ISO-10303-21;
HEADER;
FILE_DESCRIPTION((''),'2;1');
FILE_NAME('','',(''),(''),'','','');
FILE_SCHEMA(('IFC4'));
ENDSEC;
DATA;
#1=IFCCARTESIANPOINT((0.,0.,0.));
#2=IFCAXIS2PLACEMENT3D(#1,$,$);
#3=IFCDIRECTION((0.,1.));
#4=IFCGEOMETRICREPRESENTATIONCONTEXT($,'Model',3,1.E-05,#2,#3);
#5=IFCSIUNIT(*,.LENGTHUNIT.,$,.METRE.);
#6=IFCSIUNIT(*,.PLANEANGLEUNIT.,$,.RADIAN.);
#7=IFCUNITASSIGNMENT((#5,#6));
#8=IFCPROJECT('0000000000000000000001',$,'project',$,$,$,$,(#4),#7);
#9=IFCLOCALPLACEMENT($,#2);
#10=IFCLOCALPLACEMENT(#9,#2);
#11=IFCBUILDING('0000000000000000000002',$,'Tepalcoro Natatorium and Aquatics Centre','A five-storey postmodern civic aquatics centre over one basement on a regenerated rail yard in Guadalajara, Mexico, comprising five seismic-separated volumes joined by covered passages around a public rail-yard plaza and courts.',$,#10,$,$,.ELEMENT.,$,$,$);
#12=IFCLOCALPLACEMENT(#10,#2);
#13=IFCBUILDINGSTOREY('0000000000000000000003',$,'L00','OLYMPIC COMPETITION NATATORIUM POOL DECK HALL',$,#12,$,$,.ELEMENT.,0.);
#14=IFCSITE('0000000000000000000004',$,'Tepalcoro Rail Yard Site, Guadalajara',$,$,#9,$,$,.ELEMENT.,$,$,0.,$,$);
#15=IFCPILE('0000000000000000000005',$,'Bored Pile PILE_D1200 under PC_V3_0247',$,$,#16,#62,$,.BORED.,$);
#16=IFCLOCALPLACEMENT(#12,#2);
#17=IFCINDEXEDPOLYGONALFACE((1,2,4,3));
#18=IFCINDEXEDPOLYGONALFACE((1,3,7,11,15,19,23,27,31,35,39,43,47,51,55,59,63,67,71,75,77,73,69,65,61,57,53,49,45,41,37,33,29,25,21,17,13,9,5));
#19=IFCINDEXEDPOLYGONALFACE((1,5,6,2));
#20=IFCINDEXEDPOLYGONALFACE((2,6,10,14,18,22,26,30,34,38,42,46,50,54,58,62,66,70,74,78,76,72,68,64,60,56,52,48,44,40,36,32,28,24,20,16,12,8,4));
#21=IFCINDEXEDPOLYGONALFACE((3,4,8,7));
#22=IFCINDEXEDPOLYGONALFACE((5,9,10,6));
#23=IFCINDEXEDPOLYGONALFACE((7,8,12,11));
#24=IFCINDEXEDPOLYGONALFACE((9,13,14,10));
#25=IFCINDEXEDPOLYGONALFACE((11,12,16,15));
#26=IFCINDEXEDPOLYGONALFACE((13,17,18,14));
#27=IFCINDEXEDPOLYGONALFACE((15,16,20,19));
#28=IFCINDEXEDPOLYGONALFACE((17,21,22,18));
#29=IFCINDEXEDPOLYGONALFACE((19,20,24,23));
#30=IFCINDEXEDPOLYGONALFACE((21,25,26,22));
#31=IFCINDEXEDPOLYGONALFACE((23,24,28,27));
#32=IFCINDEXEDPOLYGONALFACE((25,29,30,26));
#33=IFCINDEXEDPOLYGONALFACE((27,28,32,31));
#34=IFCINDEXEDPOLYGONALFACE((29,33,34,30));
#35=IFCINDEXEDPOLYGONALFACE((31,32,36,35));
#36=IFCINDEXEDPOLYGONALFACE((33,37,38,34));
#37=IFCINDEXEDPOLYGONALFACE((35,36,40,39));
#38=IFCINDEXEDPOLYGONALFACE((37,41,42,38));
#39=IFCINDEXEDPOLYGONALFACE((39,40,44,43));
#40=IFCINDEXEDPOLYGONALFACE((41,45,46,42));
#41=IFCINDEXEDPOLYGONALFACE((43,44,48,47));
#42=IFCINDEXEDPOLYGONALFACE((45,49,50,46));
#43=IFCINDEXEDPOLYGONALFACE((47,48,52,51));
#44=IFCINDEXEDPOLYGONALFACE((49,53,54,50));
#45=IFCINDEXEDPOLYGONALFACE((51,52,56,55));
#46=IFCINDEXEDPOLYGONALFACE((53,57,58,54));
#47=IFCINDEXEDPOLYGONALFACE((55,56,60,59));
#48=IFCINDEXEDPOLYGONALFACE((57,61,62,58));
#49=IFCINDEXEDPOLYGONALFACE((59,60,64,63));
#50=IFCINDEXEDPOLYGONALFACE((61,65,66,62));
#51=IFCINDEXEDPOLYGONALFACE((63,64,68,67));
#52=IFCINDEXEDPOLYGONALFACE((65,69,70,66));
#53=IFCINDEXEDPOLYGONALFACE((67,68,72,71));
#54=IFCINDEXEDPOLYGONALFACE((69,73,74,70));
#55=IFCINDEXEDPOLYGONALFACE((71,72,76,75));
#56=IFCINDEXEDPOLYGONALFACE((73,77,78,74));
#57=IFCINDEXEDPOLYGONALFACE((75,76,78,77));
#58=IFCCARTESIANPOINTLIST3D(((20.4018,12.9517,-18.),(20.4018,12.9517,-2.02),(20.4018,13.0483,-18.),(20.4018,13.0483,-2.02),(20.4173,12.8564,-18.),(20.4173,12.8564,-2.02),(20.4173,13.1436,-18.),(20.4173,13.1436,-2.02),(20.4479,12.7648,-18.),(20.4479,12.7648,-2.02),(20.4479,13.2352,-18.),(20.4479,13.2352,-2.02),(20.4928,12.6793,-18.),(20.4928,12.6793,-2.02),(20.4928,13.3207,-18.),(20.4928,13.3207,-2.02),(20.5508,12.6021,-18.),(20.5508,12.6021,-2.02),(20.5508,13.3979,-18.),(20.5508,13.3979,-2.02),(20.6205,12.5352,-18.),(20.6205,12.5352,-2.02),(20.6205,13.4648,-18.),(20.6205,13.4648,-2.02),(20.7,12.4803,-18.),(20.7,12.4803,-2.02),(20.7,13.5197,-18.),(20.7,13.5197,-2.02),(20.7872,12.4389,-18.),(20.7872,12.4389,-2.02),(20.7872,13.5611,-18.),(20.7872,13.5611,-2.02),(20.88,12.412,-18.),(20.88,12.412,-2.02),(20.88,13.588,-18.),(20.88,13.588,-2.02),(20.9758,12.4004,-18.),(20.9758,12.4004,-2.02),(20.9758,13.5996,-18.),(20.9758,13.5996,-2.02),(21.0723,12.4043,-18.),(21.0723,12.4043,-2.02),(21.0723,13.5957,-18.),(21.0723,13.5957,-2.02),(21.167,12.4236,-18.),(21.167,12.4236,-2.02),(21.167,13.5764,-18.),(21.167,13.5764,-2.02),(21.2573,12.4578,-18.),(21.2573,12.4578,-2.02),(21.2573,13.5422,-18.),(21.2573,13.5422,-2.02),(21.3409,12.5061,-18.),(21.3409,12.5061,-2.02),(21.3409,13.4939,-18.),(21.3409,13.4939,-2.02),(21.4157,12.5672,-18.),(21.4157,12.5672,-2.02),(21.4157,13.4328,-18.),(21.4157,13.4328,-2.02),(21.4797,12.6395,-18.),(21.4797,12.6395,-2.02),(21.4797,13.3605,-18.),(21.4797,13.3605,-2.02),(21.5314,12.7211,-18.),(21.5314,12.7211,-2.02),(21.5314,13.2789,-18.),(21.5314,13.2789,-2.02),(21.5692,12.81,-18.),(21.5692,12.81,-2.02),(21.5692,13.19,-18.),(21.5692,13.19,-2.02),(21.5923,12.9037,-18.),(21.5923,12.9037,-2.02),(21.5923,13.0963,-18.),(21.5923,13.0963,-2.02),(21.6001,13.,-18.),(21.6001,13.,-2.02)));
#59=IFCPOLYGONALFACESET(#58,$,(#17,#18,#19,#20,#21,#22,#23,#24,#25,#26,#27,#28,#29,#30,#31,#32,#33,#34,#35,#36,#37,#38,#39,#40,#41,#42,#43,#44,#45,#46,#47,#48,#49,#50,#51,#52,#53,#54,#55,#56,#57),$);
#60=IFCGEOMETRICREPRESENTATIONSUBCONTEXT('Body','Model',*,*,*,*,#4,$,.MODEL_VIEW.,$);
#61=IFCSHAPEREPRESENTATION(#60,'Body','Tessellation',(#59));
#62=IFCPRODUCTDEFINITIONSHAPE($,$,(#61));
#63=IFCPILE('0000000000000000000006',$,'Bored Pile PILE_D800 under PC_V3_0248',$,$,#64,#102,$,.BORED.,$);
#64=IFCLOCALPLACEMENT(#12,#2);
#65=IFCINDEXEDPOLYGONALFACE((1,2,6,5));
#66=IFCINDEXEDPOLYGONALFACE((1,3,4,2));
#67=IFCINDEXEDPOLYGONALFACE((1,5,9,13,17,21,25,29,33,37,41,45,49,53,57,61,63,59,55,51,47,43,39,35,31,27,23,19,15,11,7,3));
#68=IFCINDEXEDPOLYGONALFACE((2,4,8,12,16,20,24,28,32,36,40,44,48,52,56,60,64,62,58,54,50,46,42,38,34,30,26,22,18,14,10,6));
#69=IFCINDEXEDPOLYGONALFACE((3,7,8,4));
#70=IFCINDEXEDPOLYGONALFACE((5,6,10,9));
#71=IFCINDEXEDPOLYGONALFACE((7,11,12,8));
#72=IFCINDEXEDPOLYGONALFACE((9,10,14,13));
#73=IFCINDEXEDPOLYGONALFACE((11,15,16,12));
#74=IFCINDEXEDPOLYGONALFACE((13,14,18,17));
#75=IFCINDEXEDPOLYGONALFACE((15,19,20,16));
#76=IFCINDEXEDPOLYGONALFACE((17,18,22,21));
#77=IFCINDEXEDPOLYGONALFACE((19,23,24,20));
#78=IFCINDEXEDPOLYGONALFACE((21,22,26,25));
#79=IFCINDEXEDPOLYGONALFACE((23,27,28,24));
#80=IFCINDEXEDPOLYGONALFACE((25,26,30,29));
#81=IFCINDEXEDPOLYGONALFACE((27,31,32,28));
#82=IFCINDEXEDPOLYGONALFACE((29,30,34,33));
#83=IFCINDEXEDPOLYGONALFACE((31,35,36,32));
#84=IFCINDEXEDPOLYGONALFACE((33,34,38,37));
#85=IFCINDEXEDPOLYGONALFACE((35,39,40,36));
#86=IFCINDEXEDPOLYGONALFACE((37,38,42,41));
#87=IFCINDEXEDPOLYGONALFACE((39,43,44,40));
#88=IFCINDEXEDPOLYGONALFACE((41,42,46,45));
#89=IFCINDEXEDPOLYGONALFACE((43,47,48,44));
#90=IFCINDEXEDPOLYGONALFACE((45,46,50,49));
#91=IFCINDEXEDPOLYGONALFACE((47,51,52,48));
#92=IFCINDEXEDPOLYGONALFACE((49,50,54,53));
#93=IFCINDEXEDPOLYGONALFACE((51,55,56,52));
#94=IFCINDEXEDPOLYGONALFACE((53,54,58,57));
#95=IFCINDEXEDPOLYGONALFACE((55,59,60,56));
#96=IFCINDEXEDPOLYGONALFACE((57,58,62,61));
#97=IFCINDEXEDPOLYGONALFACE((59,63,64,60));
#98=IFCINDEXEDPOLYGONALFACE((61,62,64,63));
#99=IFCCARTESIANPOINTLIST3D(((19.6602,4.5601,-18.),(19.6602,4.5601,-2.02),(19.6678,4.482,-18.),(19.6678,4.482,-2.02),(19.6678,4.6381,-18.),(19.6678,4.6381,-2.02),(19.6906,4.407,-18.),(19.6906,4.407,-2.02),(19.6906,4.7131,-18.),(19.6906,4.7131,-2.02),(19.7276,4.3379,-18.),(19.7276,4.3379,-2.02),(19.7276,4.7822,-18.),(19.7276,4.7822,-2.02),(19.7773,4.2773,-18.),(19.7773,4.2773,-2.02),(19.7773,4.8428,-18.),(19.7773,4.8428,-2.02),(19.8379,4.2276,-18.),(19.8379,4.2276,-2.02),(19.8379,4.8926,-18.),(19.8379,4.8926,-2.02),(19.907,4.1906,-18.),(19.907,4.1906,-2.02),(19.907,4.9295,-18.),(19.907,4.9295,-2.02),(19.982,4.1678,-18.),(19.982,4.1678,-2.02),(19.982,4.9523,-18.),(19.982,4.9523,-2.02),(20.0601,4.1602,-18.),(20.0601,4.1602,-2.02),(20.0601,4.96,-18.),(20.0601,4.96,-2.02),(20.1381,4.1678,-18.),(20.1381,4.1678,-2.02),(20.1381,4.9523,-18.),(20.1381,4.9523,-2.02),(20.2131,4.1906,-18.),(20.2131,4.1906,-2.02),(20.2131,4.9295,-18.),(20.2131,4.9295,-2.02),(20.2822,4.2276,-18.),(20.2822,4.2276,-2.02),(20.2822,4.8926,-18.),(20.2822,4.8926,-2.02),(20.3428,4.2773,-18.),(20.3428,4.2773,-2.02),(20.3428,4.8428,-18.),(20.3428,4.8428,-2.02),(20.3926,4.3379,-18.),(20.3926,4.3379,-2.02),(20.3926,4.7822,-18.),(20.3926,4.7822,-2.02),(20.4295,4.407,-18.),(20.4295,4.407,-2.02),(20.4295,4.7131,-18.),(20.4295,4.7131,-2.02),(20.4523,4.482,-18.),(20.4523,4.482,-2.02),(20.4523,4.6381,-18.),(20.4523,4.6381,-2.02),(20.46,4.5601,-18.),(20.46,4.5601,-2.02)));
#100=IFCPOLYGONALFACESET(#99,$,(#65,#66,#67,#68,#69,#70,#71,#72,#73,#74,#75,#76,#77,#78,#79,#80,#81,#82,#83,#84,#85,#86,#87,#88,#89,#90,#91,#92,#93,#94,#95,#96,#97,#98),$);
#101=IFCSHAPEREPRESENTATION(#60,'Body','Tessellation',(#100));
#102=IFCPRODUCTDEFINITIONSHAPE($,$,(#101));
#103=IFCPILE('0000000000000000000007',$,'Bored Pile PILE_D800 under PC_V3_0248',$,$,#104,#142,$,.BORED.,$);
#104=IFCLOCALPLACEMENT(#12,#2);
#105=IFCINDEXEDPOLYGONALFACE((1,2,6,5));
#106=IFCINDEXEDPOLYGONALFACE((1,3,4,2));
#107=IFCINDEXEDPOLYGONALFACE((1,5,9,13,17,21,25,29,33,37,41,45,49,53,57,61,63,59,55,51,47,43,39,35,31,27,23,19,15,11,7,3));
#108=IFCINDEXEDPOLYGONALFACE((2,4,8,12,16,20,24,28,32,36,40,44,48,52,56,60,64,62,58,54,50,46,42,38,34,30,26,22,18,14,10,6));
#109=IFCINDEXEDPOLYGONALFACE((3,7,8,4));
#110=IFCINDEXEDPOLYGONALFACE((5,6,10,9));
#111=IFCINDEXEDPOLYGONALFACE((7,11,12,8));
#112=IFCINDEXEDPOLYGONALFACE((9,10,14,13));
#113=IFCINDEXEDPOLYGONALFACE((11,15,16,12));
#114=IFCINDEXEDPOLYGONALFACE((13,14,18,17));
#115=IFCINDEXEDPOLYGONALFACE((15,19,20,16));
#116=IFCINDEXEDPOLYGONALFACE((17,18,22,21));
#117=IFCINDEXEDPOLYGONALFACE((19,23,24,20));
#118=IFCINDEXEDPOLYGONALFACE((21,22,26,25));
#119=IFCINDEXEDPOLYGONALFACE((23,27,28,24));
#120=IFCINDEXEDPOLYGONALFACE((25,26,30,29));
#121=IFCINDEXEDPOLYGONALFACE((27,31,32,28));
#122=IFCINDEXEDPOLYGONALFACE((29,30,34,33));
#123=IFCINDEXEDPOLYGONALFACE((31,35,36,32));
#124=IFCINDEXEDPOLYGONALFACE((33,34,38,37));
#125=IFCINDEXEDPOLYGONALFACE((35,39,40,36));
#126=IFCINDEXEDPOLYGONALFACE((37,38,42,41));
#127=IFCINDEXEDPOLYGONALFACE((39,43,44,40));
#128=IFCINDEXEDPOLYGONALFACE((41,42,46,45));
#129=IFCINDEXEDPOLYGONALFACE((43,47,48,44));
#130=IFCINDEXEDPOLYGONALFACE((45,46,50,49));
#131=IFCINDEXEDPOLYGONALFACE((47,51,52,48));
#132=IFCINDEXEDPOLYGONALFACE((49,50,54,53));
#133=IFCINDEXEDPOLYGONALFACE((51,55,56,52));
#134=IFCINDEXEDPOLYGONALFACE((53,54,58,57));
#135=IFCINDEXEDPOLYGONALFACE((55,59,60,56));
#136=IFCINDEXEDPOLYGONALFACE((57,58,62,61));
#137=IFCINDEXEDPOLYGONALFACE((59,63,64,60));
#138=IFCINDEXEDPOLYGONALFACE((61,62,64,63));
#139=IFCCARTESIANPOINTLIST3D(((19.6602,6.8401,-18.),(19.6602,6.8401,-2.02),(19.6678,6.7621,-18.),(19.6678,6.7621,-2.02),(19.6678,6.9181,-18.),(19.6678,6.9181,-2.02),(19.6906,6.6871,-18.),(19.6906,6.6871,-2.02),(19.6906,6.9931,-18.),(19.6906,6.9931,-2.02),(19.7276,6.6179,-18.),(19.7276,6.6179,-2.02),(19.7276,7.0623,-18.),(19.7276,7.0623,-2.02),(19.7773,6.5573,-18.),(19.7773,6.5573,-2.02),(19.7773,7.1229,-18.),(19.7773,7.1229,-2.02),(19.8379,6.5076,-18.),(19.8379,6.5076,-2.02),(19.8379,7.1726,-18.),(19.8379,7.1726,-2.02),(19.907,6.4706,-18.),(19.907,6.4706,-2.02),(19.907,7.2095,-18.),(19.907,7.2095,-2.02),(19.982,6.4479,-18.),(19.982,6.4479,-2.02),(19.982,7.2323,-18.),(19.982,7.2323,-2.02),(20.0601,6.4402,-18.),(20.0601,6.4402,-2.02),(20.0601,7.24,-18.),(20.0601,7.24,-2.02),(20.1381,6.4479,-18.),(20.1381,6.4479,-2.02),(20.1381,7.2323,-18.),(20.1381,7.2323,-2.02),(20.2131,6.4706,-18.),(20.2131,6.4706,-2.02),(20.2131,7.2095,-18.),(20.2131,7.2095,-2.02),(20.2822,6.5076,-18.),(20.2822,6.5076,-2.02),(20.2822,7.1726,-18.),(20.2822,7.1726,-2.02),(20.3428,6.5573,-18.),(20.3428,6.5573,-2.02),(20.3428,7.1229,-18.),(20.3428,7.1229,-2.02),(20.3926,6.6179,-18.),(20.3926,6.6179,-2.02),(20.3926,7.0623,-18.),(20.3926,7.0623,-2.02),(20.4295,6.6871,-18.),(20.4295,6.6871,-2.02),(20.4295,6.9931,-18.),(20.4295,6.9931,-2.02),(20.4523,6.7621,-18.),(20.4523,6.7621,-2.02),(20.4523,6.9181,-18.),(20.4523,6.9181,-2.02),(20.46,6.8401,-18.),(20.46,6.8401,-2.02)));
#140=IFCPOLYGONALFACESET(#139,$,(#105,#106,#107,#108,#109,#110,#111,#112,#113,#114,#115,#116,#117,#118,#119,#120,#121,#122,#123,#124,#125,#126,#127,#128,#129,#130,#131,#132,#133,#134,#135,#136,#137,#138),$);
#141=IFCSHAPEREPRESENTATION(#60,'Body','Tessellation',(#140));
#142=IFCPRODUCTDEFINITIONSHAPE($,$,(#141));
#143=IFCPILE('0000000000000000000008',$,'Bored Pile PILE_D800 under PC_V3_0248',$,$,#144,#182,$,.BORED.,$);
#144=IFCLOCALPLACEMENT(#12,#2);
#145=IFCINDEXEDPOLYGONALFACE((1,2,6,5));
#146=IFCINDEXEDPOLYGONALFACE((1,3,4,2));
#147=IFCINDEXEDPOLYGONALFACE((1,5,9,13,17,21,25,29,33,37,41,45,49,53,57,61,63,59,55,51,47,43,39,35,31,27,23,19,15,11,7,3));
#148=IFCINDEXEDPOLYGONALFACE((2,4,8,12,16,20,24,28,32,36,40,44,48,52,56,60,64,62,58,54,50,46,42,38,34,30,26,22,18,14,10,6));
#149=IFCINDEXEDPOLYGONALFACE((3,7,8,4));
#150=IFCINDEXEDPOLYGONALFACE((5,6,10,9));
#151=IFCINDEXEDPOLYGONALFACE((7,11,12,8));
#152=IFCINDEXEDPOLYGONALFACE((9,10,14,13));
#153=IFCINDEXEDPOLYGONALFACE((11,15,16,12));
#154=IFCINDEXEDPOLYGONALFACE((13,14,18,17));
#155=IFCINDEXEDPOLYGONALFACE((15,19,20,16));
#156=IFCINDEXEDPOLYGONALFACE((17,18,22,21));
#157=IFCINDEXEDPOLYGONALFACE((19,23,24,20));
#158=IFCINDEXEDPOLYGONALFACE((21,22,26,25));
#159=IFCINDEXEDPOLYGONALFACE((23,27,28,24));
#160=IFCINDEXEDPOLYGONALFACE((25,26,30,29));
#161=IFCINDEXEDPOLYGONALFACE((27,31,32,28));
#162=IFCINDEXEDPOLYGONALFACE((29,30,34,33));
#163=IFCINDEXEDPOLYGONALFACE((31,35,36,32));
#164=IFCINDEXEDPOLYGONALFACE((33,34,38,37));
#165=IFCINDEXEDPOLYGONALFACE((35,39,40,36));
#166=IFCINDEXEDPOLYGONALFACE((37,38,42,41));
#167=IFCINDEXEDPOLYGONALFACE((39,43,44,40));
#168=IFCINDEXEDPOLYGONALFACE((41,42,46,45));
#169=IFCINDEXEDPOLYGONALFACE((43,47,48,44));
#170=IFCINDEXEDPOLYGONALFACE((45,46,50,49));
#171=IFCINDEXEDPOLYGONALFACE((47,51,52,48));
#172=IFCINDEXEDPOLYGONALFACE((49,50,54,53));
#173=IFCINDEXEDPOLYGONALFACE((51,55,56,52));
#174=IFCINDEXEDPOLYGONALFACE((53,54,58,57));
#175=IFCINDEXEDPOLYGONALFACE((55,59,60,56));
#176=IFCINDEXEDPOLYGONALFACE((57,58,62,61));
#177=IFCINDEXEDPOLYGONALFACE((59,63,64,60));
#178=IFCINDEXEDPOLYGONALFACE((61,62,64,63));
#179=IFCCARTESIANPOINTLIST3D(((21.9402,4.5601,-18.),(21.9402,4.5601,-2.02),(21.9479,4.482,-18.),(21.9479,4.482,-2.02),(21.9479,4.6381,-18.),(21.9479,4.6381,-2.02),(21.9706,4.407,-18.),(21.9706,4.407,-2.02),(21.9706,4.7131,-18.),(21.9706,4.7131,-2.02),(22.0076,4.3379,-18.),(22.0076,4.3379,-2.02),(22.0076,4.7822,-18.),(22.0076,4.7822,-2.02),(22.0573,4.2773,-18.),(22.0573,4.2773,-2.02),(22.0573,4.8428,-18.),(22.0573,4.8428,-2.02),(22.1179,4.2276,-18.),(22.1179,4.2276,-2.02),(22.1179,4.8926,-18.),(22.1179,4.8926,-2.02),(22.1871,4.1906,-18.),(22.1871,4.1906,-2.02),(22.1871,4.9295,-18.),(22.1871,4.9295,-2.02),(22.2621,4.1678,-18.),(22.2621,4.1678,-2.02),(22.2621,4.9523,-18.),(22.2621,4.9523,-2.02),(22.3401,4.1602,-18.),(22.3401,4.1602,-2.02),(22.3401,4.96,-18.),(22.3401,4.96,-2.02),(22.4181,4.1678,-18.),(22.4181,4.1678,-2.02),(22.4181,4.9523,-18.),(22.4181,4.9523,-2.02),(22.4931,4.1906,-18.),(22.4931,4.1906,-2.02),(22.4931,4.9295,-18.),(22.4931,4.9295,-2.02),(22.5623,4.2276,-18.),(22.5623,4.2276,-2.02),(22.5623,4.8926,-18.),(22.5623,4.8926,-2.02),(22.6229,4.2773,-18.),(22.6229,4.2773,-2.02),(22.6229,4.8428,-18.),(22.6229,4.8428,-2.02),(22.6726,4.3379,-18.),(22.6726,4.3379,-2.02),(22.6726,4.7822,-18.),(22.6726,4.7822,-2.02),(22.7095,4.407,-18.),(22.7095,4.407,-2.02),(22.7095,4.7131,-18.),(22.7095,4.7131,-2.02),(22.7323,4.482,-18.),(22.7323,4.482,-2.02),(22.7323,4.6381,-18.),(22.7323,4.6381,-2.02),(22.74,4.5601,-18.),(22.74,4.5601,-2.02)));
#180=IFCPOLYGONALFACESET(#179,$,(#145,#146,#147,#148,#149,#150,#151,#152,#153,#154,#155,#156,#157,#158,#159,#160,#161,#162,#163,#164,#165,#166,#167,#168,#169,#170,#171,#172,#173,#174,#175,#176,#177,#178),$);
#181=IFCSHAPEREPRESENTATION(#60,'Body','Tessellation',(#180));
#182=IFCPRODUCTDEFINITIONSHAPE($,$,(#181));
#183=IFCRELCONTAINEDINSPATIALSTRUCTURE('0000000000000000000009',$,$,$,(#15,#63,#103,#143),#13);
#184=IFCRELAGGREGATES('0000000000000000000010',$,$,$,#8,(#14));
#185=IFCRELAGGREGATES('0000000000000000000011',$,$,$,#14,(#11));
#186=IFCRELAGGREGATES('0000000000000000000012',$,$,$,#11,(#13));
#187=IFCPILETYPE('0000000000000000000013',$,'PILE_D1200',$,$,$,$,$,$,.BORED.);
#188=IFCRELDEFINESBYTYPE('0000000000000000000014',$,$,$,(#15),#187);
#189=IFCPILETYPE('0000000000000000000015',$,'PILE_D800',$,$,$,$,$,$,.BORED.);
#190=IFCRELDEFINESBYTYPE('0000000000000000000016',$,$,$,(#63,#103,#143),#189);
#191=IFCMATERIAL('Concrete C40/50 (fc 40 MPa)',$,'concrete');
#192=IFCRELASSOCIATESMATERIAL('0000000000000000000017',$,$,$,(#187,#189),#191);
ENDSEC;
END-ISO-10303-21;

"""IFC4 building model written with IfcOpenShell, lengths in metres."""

from ifc_helpers import new_model, si_unit, direction, frame, origin, origin_2d, place, context, subcontext, project, spatial, circle, extrude, material, material_profile, profile_set, type_object, element, save


model = new_model("IFC4")

# Units and contexts
model_context = context("Model", 3, precision=1e-05, world=origin(), true_north=direction((0.0, 1.0)))
body_context = subcontext(model_context, "Body", "Model", "MODEL_VIEW")
ifc_project = project(units=[si_unit("LENGTHUNIT", "METRE"), si_unit("PLANEANGLEUNIT", "RADIAN")], contexts=[model_context])

# Site, building, storey
site_placement = place(None, origin())
site = spatial("IfcSite", under=ifc_project, at=site_placement, Name="Tepalcoro Rail Yard Site, Guadalajara", CompositionType="ELEMENT", RefElevation=0.0)
building_placement = place(site_placement, origin())
building = spatial("IfcBuilding", under=site, at=building_placement, Name="Tepalcoro Natatorium and Aquatics Centre", Description="A five-storey postmodern civic aquatics centre over one basement on a regenerated rail yard in Guadalajara, Mexico, comprising five seismic-separated volumes joined by covered passages around a public rail-yard plaza and courts.", CompositionType="ELEMENT")
storey_placement = place(building_placement, origin())
storey = spatial("IfcBuildingStorey", under=building, at=storey_placement, Name="L00", Description="OLYMPIC COMPETITION NATATORIUM POOL DECK HALL", CompositionType="ELEMENT", Elevation=0.0)

# Piles
ifc_material_1 = material(Name="Concrete C40/50 (fc 40 MPa)", Category="concrete")
ifc_material_profile_1 = material_profile(ifc_material_1, circle(Radius=0.6001, at=origin_2d()), Name="PILE_D1200")
ifc_profile_set_1 = profile_set([ifc_material_profile_1], Name="Concrete C40/50 (fc 40 MPa)")
pile_type_1 = type_object("IfcPileType", Name="PILE_D1200", PredefinedType="BORED", material=ifc_profile_set_1)
pile_placement = place(storey_placement, frame((21.0, 13.0, -2.02), z_axis=(0.0, 0.0, -1.0), x_axis=(1.0, 0.0, 0.0)))
element("IfcPile", 1, at=pile_placement, inside=storey, type_object=pile_type_1, Name="Bored Pile PILE_D1200 under PC_V3_0247", PredefinedType="BORED", context=body_context, shape_type="SweptSolid", body=[
    extrude(circle(Radius=0.6001, at=origin_2d()), origin(), (0.0, 0.0, 1.0), 15.98),
])
ifc_material_profile_2 = material_profile(ifc_material_1, circle(Radius=0.3999, at=origin_2d()), Name="PILE_D800")
ifc_profile_set_2 = profile_set([ifc_material_profile_2], Name="Concrete C40/50 (fc 40 MPa)")
pile_type_2 = type_object("IfcPileType", Name="PILE_D800", PredefinedType="BORED", material=ifc_profile_set_2)
for number, where, z_axis, x_axis, name in (
    (2, (20.0601, 4.5601, -2.02), (0.0, 0.0, -1.0), (1.0, 0.0, 0.0), "Bored Pile PILE_D800 under PC_V3_0248"),
    (3, (20.0601, 6.8401, -2.02), (0.0, 0.0, -1.0), (1.0, 0.0, 0.0), "Bored Pile PILE_D800 under PC_V3_0248"),
    (4, (22.3401, 4.5601, -2.02), (0.0, 0.0, -1.0), (1.0, 0.0, 0.0), "Bored Pile PILE_D800 under PC_V3_0248"),
):
    element("IfcPile", number, at=place(storey_placement, frame(where, z_axis=z_axis, x_axis=x_axis)), inside=storey, type_object=pile_type_2, Name=name, PredefinedType="BORED", context=body_context, shape_type="SweptSolid", body=[
        extrude(circle(Radius=0.3999, at=origin_2d()), origin(), (0.0, 0.0, 1.0), 15.98),
    ])

save(model, "model.ifc")
